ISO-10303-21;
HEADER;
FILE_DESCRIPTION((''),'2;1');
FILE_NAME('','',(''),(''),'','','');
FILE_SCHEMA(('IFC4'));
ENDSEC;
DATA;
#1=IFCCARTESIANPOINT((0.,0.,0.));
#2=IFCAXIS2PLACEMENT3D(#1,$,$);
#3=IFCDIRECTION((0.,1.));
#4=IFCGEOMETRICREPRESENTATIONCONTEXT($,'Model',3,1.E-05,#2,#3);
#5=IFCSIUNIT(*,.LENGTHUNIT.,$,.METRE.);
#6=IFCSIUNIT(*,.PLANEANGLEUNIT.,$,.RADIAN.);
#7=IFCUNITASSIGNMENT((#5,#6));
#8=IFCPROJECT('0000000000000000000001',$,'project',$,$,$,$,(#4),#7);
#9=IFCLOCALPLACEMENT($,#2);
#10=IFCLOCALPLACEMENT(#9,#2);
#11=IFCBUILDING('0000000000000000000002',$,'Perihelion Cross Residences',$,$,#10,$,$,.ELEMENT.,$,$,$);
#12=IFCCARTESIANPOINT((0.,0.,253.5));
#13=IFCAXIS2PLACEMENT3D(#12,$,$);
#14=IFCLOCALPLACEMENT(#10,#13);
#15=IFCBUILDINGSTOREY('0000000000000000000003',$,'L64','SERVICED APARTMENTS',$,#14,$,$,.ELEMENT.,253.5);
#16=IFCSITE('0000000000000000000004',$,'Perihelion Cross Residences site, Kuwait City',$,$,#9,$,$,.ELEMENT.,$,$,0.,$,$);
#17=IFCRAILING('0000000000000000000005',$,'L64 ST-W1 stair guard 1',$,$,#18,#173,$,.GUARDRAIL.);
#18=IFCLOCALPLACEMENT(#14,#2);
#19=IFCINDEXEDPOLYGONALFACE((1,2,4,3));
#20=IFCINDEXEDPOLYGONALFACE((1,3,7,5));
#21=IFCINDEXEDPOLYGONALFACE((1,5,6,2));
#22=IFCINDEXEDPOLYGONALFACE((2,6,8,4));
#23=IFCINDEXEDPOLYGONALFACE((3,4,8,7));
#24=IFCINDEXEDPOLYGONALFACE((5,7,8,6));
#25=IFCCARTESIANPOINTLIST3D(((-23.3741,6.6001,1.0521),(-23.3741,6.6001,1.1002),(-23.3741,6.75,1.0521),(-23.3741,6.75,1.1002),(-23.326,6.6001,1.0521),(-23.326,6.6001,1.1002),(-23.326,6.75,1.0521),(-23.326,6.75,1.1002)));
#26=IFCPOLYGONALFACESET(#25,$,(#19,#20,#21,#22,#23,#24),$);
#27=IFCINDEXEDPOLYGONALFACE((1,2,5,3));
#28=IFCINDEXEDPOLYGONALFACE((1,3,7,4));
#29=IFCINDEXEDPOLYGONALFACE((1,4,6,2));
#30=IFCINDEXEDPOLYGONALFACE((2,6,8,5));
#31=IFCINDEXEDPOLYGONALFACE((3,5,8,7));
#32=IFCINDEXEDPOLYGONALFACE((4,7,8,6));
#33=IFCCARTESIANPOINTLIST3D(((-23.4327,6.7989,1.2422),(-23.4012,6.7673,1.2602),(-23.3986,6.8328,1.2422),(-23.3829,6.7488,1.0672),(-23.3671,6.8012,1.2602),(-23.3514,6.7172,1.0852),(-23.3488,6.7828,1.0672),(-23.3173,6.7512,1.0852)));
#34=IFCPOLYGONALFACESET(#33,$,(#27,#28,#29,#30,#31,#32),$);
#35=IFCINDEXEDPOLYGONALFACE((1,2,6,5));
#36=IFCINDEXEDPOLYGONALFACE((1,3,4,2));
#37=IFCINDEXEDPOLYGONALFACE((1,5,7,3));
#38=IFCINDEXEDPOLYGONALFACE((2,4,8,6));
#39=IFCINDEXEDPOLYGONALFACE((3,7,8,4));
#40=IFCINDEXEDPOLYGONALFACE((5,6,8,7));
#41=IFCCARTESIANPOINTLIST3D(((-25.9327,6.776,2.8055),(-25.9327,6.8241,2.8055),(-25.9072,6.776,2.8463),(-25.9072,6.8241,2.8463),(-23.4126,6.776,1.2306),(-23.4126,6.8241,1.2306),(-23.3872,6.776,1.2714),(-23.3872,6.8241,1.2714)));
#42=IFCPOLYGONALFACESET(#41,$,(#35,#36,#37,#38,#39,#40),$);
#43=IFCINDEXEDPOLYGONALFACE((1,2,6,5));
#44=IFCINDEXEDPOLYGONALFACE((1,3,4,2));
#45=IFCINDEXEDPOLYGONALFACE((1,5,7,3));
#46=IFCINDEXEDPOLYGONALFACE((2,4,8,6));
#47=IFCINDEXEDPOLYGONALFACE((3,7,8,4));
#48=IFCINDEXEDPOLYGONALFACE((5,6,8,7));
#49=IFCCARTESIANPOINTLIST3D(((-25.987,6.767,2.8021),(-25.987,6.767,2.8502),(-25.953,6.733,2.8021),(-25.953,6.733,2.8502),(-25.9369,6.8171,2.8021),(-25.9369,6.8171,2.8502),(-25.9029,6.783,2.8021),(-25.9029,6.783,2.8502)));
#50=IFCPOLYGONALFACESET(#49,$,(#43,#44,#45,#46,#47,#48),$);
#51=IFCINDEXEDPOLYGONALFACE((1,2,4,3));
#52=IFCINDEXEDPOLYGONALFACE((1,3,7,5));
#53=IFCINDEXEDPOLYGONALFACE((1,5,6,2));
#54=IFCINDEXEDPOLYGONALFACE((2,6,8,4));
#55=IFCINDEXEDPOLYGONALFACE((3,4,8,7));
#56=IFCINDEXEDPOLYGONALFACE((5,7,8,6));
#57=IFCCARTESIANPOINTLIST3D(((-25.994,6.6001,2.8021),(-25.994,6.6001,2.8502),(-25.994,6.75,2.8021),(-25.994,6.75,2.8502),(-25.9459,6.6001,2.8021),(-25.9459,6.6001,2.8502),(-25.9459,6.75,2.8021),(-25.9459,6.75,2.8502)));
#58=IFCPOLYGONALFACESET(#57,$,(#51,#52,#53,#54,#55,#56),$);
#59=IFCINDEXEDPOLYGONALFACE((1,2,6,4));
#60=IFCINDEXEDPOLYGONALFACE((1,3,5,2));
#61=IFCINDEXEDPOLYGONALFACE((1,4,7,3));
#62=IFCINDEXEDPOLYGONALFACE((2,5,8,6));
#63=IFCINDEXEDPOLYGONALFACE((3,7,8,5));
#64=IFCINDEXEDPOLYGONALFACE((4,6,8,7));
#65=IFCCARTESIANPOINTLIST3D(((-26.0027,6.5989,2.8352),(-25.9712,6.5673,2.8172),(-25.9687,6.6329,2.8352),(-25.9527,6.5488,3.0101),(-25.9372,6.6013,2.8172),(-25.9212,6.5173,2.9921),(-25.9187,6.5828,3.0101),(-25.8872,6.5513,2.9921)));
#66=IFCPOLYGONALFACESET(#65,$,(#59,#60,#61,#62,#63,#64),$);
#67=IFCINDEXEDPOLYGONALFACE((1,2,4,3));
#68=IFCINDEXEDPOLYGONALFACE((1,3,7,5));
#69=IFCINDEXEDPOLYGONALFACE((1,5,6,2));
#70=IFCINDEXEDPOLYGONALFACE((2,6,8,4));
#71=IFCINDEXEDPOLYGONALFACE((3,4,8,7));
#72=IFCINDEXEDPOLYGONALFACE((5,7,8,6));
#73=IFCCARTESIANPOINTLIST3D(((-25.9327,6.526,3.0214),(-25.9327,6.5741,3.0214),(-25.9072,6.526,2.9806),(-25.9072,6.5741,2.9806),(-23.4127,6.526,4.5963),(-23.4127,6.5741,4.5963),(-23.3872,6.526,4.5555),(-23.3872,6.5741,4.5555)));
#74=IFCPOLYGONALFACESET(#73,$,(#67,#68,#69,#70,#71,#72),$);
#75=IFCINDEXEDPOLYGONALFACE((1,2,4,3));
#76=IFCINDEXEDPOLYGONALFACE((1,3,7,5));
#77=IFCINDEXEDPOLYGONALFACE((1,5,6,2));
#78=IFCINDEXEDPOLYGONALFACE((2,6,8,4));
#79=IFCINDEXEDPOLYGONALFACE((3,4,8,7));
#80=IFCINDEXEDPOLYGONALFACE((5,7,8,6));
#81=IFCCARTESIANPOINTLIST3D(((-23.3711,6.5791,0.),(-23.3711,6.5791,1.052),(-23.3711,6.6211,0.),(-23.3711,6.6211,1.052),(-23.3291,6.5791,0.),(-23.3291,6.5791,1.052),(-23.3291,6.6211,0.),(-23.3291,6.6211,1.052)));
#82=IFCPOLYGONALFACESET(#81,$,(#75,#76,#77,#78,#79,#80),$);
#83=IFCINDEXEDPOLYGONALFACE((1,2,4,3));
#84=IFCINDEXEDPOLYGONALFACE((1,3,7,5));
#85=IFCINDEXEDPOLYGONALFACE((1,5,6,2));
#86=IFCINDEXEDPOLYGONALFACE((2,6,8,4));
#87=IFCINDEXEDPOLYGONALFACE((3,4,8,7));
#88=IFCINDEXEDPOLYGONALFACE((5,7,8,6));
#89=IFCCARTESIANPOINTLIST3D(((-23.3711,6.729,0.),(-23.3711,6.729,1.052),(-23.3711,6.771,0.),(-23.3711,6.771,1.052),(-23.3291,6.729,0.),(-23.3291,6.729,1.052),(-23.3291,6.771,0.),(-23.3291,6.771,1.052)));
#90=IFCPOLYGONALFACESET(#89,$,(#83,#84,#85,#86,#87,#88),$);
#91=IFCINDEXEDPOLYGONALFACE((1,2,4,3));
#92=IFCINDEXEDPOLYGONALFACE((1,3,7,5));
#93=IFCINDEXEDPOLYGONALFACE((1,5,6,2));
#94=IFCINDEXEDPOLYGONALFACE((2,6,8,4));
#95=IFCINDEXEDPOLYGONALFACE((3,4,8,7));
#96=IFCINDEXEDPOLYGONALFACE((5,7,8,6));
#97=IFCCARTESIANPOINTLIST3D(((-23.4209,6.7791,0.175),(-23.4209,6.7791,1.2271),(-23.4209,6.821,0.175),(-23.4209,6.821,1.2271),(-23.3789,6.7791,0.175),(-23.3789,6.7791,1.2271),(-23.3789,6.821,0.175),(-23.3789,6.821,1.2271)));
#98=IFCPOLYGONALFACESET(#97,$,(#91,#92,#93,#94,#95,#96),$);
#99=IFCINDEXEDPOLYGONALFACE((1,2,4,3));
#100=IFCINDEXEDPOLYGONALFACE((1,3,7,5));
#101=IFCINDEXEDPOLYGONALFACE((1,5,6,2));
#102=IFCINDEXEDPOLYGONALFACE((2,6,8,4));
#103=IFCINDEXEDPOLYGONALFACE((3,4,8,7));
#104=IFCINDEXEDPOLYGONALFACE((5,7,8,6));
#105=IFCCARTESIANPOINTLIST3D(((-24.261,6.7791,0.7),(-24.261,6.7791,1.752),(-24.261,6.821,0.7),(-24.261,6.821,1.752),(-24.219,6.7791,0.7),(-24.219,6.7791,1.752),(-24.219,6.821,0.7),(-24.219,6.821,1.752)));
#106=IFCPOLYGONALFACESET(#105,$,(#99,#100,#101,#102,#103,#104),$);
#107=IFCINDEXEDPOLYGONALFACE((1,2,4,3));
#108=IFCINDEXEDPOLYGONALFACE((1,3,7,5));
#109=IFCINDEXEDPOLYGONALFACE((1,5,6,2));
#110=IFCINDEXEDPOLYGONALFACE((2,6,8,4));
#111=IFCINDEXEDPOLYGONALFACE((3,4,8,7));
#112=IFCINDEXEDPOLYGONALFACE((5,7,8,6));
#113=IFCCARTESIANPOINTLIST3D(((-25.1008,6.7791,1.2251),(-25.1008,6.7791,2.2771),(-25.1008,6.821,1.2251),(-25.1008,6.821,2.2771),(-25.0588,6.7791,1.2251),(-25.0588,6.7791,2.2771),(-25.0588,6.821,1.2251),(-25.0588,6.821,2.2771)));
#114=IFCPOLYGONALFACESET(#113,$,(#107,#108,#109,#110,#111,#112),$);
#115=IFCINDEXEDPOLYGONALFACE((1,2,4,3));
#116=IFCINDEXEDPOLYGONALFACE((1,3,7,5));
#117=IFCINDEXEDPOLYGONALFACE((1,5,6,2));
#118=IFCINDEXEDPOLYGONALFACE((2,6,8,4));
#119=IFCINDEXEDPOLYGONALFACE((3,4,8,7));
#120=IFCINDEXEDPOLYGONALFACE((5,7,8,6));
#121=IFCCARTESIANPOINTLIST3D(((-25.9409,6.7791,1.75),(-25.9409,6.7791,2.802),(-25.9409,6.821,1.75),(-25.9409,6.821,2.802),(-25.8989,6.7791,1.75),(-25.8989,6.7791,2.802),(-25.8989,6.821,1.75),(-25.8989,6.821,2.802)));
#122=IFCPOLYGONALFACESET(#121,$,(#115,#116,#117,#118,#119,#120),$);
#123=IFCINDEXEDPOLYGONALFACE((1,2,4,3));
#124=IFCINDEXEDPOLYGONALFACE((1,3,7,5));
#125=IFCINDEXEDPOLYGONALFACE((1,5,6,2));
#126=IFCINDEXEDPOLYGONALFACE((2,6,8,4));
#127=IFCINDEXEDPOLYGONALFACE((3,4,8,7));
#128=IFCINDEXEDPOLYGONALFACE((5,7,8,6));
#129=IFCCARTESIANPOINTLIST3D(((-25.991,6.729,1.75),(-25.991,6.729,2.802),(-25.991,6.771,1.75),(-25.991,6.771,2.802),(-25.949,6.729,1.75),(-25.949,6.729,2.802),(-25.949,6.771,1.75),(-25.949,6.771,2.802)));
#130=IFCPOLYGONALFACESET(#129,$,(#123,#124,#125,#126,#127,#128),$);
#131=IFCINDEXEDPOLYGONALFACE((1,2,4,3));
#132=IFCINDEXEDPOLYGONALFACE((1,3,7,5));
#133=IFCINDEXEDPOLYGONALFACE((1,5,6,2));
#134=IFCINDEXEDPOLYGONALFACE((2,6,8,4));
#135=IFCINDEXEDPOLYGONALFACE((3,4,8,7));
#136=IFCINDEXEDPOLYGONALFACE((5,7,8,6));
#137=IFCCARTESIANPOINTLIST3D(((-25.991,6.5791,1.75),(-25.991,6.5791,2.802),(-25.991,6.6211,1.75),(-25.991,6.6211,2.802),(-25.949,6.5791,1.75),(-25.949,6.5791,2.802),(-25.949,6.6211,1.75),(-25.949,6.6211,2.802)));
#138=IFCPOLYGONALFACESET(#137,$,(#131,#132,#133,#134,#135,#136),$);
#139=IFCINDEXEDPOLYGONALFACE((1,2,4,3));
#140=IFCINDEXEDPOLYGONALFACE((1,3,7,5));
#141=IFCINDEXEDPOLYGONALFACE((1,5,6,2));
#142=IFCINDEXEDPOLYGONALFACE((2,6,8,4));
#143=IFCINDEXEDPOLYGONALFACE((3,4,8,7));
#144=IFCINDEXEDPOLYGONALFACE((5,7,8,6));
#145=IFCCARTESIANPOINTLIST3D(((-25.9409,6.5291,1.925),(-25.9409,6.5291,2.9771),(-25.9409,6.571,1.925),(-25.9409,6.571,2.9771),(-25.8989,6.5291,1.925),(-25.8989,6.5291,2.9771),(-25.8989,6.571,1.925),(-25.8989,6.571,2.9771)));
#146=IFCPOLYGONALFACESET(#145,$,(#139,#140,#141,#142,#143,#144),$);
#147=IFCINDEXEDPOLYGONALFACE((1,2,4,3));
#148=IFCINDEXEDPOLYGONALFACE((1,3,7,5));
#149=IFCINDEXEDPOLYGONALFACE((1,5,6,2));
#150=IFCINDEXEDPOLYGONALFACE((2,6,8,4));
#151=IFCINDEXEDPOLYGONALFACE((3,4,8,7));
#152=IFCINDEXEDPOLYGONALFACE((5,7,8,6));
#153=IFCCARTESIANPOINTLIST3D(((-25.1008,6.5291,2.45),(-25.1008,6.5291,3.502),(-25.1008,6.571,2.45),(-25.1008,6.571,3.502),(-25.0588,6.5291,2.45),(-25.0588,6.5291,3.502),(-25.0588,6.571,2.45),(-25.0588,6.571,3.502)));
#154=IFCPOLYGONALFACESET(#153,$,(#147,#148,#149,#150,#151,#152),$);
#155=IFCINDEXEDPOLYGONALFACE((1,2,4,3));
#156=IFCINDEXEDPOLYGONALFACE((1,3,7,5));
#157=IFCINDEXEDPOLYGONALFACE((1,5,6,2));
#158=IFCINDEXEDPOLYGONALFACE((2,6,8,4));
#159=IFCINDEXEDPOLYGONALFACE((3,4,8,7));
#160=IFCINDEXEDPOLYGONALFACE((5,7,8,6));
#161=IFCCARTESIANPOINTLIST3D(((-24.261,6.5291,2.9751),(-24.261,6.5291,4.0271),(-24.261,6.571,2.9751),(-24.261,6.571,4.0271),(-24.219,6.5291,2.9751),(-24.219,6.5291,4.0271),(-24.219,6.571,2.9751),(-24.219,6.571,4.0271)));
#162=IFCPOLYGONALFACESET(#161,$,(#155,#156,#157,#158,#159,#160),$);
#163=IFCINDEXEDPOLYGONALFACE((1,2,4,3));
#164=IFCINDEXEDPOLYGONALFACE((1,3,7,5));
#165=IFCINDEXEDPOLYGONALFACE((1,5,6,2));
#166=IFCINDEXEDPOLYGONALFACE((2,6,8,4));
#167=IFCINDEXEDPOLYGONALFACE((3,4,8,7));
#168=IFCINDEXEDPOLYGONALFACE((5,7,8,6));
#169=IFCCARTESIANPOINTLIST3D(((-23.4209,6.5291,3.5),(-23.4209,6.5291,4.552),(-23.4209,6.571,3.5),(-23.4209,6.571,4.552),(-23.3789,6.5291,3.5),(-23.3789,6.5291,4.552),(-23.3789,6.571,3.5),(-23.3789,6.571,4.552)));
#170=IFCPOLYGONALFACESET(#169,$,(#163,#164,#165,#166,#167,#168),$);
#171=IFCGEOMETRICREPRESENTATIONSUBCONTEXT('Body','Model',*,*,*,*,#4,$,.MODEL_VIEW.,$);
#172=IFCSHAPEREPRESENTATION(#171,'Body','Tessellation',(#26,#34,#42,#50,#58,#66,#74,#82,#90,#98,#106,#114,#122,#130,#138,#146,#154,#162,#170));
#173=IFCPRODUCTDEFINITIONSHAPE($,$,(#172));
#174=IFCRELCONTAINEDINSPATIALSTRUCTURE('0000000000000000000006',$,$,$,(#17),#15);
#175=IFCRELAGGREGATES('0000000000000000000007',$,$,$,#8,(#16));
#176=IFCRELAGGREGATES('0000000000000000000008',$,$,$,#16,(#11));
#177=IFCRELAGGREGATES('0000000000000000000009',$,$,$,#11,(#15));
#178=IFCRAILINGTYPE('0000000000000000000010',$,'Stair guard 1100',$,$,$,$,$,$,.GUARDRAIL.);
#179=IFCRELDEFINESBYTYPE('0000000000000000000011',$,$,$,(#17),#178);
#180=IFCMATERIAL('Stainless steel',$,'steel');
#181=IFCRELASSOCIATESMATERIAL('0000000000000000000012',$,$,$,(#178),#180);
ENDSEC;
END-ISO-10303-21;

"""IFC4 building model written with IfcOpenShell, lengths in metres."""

from ifc_helpers import new_model, si_unit, direction, frame, origin, origin_2d, place, context, subcontext, project, spatial, rectangle, extrude, material, type_object, element, save


model = new_model("IFC4")

# Units and contexts
model_context = context("Model", 3, precision=1e-05, world=origin(), true_north=direction((0.0, 1.0)))
body_context = subcontext(model_context, "Body", "Model", "MODEL_VIEW")
ifc_project = project(units=[si_unit("LENGTHUNIT", "METRE"), si_unit("PLANEANGLEUNIT", "RADIAN")], contexts=[model_context])

# Site, building, storey
site_placement = place(None, origin())
site = spatial("IfcSite", under=ifc_project, at=site_placement, Name="Perihelion Cross Residences site, Kuwait City", CompositionType="ELEMENT", RefElevation=0.0)
building_placement = place(site_placement, origin())
building = spatial("IfcBuilding", under=site, at=building_placement, Name="Perihelion Cross Residences", CompositionType="ELEMENT")
storey_placement = place(building_placement, frame((0.0, 0.0, 253.5)))
storey = spatial("IfcBuildingStorey", under=building, at=storey_placement, Name="L64", Description="SERVICED APARTMENTS", CompositionType="ELEMENT", Elevation=253.5)

# Railing
ifc_material_1 = material(Name="Stainless steel", Category="steel")
railing_type_1 = type_object("IfcRailingType", Name="Stair guard 1100", PredefinedType="GUARDRAIL", material=ifc_material_1)
railing_1_placement = place(storey_placement, frame((-23.3501, 6.6001, 0.0)))
element("IfcRailing", 1, at=railing_1_placement, inside=storey, type_object=railing_type_1, Name="L64 ST-W1 stair guard 1", PredefinedType="GUARDRAIL", context=body_context, shape_type="SweptSolid", body=[
    extrude(rectangle(XDim=0.0481, YDim=0.0481, at=origin_2d()), frame((0.0, 0.0, 1.0762), z_axis=(0.0, 1.0, 0.0), x_axis=(-1.0, 0.0, 0.0)), (0.0, 0.0, 1.0), 0.1499),
    extrude(rectangle(XDim=0.0481, YDim=0.0481, at=origin_2d()), frame((0.0, 0.1499, 1.0762), z_axis=(-0.263862, 0.265156, 0.927399), x_axis=(-0.708834, -0.705376, 0.0)), (0.0, 0.0, 1.0), 0.1887),
    extrude(rectangle(XDim=0.0481, YDim=0.0481, at=origin_2d()), frame((-0.0498, 0.2, 1.251), z_axis=(-0.848008, 0.0, 0.529984), x_axis=(0.0, -1.0, 0.0)), (0.0, 0.0, 1.0), 2.9717),
    extrude(rectangle(XDim=0.0481, YDim=0.0481, at=origin_2d()), frame((-2.5698, 0.2, 2.8262), z_axis=(-0.707107, -0.707107, 0.0), x_axis=(0.707107, -0.707107, 0.0)), (0.0, 0.0, 1.0), 0.0708),
    extrude(rectangle(XDim=0.0481, YDim=0.0481, at=origin_2d()), frame((-2.6199, 0.1499, 2.8262), z_axis=(0.0, -1.0, 0.0), x_axis=(1.0, 0.0, 0.0)), (0.0, 0.0, 1.0), 0.1499),
    extrude(rectangle(XDim=0.0481, YDim=0.0481, at=origin_2d()), frame((-2.6199, 0.0, 2.8262), z_axis=(0.265065, -0.265065, 0.927082), x_axis=(0.707107, 0.707107, 0.0)), (0.0, 0.0, 1.0), 0.1887),
    extrude(rectangle(XDim=0.0481, YDim=0.0481, at=origin_2d()), frame((-2.5698, -0.05, 3.001), z_axis=(0.848008, 0.0, 0.529984), x_axis=(0.0, 1.0, 0.0)), (0.0, 0.0, 1.0), 2.9717),
    extrude(rectangle(XDim=0.042, YDim=0.042, at=origin_2d()), origin(), (0.0, 0.0, 1.0), 1.052),
    extrude(rectangle(XDim=0.042, YDim=0.042, at=origin_2d()), frame((0.0, 0.1499, 0.0)), (0.0, 0.0, 1.0), 1.052),
    extrude(rectangle(XDim=0.042, YDim=0.042, at=origin_2d()), frame((-0.0498, 0.2, 0.175)), (0.0, 0.0, 1.0), 1.052),
    extrude(rectangle(XDim=0.042, YDim=0.042, at=origin_2d()), frame((-0.8899, 0.2, 0.7)), (0.0, 0.0, 1.0), 1.052),
    extrude(rectangle(XDim=0.042, YDim=0.042, at=origin_2d()), frame((-1.7297, 0.2, 1.2251)), (0.0, 0.0, 1.0), 1.052),
    extrude(rectangle(XDim=0.042, YDim=0.042, at=origin_2d()), frame((-2.5698, 0.2, 1.75)), (0.0, 0.0, 1.0), 1.052),
    extrude(rectangle(XDim=0.042, YDim=0.042, at=origin_2d()), frame((-2.6199, 0.1499, 1.75)), (0.0, 0.0, 1.0), 1.052),
    extrude(rectangle(XDim=0.042, YDim=0.042, at=origin_2d()), frame((-2.6199, 0.0, 1.75)), (0.0, 0.0, 1.0), 1.052),
    extrude(rectangle(XDim=0.042, YDim=0.042, at=origin_2d()), frame((-2.5698, -0.05, 1.925)), (0.0, 0.0, 1.0), 1.052),
    extrude(rectangle(XDim=0.042, YDim=0.042, at=origin_2d()), frame((-1.7297, -0.05, 2.45)), (0.0, 0.0, 1.0), 1.052),
    extrude(rectangle(XDim=0.042, YDim=0.042, at=origin_2d()), frame((-0.8899, -0.05, 2.9751)), (0.0, 0.0, 1.0), 1.052),
    extrude(rectangle(XDim=0.042, YDim=0.042, at=origin_2d()), frame((-0.0498, -0.05, 3.5)), (0.0, 0.0, 1.0), 1.052),
])

save(model, "model.ifc")
